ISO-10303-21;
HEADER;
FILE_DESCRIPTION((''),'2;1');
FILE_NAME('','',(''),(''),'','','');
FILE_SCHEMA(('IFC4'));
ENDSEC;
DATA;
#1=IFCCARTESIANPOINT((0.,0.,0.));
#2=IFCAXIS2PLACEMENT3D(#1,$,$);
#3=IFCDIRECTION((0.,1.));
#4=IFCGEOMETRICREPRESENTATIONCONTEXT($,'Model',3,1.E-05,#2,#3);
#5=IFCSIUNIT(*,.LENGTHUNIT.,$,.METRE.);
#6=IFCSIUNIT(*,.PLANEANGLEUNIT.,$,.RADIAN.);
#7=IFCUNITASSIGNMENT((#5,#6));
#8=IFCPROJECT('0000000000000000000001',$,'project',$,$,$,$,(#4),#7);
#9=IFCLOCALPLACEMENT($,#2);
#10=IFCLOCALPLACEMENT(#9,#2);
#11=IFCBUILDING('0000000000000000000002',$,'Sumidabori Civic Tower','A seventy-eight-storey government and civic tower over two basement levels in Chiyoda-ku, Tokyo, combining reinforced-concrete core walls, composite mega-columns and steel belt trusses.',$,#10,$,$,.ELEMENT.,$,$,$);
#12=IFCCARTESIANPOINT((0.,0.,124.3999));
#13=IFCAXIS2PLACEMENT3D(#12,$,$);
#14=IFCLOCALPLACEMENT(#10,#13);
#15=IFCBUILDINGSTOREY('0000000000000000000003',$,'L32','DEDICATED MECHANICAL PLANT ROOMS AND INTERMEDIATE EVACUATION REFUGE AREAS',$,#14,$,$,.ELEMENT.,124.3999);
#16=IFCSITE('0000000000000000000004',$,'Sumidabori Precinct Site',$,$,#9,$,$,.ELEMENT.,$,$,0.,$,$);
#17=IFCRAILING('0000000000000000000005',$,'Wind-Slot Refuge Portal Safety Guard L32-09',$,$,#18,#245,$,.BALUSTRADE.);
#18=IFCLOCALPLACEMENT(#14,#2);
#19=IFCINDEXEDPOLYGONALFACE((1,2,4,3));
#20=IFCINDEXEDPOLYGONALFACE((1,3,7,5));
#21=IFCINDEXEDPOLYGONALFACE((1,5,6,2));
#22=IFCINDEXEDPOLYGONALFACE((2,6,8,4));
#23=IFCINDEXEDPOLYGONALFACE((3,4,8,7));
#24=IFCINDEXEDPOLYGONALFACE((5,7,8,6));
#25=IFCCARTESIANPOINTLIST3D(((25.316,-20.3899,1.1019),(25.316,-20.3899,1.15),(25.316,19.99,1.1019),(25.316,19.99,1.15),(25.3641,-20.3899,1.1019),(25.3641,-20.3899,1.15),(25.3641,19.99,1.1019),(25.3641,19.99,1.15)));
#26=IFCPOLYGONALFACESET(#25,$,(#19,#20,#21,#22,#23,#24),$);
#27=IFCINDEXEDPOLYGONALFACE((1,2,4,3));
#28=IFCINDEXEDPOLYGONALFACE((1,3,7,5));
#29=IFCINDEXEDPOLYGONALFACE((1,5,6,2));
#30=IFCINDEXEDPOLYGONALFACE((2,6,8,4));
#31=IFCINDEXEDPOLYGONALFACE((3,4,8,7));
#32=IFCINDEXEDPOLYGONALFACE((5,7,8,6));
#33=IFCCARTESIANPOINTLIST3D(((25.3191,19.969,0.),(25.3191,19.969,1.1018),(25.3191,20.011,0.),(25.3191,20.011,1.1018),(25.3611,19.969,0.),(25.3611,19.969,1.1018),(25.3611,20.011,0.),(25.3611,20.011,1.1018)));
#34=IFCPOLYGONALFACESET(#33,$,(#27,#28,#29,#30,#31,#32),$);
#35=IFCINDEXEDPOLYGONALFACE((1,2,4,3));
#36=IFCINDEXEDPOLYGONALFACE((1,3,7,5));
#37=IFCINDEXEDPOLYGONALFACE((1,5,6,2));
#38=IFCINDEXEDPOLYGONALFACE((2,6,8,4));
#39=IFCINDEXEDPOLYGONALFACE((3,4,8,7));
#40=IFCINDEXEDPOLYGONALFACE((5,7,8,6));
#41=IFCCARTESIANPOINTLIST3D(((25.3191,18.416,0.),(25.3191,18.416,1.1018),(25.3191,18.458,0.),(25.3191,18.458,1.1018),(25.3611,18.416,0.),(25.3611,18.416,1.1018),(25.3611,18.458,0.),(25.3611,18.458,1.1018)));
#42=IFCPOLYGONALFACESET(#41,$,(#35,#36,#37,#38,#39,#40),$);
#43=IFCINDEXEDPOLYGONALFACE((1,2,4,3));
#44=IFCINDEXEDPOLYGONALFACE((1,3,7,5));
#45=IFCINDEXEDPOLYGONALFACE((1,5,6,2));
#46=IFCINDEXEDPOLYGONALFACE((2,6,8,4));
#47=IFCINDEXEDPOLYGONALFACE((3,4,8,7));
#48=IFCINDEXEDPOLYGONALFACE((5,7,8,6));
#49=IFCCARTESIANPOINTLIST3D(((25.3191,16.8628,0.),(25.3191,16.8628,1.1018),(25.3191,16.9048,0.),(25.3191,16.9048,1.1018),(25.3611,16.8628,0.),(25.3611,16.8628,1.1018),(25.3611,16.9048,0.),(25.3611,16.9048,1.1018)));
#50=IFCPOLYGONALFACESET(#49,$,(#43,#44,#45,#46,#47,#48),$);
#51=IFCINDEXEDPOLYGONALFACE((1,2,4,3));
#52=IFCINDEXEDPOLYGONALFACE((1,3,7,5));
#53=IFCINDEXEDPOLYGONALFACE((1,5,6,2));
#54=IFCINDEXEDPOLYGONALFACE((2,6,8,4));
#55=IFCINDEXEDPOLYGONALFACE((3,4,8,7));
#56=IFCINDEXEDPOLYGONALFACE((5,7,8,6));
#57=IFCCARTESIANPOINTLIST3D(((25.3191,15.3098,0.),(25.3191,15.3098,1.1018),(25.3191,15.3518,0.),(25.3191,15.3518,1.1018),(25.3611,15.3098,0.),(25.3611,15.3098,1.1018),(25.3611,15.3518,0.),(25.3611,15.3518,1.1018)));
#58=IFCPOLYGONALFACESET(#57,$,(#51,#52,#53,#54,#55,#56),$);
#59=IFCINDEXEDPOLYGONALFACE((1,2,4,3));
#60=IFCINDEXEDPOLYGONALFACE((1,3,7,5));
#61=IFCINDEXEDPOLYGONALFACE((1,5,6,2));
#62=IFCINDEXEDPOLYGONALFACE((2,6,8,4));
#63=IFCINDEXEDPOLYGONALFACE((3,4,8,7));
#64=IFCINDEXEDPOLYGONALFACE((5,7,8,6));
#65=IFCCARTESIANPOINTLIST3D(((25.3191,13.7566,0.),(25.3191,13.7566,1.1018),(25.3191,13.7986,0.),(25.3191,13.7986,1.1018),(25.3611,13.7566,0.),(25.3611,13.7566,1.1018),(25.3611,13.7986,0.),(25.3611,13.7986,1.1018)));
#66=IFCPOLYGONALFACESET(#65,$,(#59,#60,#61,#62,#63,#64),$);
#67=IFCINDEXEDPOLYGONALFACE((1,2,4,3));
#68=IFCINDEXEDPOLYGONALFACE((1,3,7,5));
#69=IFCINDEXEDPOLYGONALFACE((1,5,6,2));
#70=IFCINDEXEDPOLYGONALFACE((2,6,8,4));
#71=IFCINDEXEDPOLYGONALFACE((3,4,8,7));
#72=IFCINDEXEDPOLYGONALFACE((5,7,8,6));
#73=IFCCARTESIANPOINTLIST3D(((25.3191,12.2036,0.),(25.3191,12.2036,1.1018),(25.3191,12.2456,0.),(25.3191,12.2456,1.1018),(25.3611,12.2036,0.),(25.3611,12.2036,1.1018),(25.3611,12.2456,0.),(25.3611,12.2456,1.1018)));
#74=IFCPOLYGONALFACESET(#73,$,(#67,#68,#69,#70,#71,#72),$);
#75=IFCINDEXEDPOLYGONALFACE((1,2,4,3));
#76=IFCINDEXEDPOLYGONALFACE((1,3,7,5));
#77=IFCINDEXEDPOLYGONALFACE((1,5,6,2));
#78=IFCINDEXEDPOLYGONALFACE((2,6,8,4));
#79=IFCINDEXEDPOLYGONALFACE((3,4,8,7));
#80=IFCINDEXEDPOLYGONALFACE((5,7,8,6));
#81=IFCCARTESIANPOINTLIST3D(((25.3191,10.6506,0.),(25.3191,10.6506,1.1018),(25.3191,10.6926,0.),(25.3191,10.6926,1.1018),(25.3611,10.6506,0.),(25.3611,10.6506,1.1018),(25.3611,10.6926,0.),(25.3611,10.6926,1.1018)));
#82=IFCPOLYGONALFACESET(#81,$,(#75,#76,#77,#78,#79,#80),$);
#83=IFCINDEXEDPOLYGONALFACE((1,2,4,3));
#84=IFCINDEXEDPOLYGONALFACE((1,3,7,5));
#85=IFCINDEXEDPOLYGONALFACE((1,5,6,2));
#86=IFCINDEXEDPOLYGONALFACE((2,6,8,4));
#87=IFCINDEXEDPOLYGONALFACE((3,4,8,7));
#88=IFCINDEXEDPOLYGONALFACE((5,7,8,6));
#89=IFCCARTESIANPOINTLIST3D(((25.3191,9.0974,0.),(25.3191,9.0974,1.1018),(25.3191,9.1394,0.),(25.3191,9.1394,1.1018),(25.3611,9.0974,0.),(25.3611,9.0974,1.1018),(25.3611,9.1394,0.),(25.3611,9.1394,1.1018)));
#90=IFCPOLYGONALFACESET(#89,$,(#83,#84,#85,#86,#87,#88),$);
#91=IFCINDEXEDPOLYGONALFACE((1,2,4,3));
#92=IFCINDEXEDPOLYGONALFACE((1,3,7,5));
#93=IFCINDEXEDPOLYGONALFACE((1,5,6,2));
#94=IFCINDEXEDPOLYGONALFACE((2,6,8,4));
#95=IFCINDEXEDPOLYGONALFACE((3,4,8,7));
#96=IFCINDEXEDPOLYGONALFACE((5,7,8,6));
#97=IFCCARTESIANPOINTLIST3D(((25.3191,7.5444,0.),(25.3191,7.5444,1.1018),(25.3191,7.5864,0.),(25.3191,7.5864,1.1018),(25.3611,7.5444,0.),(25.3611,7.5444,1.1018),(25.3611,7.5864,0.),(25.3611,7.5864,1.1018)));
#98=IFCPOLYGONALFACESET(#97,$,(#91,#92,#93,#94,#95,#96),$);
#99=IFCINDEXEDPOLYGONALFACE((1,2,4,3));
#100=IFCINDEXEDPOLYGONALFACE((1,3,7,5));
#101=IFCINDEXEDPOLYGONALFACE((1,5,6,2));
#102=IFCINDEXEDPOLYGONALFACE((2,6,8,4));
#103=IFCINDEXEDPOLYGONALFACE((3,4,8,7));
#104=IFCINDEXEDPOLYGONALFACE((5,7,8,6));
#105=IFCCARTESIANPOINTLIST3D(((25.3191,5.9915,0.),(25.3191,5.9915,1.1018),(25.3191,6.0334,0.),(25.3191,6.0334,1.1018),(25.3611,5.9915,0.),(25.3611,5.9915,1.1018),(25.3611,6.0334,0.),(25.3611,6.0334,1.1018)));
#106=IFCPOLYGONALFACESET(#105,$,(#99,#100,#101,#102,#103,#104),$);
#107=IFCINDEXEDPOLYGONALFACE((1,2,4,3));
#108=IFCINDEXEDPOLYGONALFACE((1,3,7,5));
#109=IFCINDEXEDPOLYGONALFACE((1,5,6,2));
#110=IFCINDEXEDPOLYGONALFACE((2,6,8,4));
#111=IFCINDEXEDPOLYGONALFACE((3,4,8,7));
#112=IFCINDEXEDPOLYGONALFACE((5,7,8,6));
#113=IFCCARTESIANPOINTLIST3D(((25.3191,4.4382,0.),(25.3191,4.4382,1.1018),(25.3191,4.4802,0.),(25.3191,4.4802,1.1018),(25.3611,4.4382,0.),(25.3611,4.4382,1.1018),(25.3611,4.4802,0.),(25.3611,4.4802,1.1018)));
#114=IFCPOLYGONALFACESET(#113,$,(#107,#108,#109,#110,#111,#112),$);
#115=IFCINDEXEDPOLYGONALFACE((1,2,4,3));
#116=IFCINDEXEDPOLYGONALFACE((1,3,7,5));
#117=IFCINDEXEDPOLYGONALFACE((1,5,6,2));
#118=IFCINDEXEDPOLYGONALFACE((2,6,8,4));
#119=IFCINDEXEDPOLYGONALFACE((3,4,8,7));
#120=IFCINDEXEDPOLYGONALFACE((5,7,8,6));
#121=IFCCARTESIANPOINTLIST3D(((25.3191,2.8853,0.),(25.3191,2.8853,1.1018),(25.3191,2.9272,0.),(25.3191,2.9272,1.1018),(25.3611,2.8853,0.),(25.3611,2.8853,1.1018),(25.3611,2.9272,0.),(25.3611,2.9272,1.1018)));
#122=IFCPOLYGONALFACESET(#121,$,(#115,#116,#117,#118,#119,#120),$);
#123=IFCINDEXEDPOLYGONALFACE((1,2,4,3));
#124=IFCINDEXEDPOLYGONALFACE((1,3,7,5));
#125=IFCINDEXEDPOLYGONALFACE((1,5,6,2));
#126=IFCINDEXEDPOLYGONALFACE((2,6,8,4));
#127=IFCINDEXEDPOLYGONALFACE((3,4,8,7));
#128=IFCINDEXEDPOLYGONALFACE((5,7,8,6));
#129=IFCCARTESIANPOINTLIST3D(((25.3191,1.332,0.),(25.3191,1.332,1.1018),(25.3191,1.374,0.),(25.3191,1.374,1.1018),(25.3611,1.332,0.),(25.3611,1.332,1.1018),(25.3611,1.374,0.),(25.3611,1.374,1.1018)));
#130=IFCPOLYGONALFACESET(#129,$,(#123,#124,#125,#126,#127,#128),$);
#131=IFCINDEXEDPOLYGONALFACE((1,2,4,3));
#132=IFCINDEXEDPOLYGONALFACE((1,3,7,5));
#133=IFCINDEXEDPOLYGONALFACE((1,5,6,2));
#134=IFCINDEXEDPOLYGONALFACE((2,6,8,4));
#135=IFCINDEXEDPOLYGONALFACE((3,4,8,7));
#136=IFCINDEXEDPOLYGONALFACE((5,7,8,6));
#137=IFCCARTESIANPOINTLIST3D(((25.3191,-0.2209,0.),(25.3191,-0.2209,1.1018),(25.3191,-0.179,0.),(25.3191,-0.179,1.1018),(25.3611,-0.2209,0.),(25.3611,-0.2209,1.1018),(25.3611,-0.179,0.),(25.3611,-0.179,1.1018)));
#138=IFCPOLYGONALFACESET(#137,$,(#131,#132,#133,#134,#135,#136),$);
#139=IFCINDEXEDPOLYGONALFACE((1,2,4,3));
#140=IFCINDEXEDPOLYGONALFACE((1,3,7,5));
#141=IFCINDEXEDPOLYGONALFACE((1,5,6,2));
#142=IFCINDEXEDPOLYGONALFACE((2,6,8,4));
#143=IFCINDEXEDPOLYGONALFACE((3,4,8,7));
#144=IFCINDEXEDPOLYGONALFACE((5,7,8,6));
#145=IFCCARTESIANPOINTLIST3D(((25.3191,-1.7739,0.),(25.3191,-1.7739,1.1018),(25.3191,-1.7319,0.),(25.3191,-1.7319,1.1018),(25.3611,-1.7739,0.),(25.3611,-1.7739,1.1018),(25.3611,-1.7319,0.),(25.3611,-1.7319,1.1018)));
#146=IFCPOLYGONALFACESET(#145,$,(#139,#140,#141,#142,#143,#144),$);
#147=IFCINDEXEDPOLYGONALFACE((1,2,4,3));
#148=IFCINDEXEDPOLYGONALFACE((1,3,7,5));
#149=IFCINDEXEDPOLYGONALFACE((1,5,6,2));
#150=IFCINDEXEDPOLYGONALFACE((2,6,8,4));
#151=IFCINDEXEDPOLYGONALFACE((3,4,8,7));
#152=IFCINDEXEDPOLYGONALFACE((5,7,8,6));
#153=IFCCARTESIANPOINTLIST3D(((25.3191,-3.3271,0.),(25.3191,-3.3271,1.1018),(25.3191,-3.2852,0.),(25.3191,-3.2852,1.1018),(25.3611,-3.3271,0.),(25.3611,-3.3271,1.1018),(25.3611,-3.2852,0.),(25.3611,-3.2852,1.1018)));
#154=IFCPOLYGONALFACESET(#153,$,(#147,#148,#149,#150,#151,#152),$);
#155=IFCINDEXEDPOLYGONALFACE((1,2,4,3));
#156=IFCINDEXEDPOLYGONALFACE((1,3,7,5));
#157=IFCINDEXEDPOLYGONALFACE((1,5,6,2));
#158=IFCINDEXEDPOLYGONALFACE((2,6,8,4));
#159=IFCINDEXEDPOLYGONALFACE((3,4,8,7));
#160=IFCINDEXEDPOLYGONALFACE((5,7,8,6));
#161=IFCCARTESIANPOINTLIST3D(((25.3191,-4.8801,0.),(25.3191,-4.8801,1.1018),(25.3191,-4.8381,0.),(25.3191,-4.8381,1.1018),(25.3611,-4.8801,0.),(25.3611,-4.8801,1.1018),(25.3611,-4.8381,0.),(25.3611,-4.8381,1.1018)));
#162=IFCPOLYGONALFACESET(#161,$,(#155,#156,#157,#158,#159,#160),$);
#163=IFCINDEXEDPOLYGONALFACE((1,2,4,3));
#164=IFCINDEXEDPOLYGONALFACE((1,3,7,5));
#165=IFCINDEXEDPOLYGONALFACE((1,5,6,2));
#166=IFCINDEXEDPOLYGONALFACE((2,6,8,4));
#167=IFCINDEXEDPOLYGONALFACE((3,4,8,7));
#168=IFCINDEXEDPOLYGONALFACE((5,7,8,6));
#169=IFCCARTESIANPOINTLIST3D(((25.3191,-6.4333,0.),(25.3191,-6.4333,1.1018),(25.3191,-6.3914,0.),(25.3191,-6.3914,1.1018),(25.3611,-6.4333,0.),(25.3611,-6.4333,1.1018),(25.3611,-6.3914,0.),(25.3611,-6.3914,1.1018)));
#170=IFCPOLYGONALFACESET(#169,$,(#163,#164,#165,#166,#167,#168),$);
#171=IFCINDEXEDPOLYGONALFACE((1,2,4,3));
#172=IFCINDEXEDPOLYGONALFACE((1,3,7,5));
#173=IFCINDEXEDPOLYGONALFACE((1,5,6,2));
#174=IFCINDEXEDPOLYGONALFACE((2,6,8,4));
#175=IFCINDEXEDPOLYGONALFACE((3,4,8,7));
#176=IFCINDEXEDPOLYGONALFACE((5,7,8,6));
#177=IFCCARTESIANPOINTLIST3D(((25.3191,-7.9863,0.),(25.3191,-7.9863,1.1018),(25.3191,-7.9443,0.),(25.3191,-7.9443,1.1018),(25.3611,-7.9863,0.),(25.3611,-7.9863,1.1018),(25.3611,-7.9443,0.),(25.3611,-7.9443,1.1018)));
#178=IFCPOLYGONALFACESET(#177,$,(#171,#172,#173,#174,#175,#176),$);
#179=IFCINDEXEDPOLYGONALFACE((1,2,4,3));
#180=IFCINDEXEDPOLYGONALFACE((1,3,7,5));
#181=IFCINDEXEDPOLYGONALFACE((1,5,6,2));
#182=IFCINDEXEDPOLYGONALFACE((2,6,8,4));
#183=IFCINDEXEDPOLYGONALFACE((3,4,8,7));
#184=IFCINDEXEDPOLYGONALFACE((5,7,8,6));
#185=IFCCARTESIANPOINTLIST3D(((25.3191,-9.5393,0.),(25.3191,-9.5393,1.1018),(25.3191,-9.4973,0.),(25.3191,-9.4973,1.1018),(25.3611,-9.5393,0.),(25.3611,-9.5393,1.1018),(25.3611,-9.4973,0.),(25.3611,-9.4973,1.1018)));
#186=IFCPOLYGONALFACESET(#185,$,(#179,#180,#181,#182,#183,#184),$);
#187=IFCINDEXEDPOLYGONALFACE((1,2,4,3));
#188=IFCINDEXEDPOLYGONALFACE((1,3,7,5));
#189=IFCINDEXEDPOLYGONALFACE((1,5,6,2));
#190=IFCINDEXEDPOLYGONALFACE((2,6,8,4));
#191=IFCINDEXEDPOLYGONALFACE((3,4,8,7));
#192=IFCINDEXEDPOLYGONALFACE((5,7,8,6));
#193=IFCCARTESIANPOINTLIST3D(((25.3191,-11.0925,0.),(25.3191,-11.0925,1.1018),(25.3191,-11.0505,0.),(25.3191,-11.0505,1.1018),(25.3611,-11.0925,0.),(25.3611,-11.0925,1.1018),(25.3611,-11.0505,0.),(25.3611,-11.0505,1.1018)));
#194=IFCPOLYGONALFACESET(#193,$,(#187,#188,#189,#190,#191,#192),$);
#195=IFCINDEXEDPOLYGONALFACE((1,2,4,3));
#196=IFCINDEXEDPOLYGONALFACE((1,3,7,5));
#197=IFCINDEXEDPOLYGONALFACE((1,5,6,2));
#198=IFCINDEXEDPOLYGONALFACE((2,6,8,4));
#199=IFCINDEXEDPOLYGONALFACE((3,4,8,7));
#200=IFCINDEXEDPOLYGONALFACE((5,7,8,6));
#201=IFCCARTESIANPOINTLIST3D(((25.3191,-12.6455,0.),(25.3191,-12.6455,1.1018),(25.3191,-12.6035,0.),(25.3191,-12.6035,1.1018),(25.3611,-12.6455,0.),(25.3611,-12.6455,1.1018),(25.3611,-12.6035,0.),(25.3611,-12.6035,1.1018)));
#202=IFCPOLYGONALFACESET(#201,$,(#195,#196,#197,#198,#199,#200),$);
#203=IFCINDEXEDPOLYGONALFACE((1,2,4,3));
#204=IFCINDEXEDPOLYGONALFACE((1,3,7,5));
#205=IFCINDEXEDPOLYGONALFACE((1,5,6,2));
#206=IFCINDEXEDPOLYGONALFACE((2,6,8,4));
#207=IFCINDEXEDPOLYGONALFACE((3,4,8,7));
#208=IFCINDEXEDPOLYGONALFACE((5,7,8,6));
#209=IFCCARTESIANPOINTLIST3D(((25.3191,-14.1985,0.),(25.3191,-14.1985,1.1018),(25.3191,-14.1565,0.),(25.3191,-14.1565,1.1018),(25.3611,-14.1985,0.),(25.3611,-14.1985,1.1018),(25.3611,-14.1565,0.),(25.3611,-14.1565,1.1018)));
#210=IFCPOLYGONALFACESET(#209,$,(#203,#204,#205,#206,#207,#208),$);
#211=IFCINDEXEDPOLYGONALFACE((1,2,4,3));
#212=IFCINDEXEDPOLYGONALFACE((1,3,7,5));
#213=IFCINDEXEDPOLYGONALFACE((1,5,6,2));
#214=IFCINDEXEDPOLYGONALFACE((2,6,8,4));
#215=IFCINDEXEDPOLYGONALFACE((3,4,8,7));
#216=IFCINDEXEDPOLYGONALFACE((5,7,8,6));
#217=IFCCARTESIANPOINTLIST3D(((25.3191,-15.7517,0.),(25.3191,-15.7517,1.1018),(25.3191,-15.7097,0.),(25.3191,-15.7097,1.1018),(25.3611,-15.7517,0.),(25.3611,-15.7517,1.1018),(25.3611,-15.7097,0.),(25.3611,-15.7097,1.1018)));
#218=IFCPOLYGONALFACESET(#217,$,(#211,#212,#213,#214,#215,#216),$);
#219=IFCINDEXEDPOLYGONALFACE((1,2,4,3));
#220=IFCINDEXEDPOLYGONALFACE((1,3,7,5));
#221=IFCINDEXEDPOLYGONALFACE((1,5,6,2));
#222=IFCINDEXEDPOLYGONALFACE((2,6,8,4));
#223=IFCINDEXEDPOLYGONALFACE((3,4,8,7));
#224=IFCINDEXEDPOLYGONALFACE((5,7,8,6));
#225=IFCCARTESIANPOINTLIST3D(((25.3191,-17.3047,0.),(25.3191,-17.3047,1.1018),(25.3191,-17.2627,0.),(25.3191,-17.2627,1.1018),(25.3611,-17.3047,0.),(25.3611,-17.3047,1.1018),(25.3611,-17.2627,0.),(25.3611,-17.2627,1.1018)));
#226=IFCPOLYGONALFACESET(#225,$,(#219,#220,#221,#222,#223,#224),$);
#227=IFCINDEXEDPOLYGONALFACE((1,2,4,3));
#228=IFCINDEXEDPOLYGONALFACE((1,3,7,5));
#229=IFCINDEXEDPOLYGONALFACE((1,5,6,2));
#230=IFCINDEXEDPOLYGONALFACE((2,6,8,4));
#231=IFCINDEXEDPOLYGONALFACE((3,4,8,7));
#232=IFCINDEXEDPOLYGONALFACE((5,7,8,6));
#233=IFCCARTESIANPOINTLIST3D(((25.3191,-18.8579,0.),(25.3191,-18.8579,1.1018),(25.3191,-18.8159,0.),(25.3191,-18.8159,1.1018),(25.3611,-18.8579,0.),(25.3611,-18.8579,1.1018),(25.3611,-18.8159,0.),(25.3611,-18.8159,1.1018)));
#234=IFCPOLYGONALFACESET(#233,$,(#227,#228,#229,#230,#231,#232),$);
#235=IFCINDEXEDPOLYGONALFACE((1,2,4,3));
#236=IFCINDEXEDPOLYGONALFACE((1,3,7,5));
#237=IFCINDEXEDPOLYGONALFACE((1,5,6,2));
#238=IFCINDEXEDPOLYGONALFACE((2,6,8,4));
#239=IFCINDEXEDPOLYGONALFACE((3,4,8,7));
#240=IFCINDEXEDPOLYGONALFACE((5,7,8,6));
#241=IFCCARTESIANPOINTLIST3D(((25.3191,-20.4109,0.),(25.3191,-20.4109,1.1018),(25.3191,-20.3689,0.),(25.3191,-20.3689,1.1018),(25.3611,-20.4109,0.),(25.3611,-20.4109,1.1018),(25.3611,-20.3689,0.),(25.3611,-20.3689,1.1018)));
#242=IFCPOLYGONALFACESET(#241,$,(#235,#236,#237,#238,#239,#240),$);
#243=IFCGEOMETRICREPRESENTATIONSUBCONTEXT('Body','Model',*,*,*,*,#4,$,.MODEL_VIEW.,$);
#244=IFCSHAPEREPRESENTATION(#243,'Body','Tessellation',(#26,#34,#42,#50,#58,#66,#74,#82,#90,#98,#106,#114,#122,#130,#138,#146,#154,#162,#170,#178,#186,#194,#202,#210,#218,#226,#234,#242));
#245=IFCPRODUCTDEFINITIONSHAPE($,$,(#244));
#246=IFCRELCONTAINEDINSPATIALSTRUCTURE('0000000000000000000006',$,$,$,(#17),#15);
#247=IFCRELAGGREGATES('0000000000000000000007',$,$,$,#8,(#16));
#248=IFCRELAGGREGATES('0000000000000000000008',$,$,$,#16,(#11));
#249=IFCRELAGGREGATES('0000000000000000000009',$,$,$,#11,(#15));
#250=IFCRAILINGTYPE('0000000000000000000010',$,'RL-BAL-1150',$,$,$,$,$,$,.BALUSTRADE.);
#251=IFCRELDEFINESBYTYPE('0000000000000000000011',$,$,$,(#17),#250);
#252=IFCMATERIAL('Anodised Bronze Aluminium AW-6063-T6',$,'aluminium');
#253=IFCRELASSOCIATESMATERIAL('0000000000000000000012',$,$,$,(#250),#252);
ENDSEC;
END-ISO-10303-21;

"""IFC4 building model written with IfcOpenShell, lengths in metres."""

from ifc_helpers import new_model, si_unit, direction, frame, origin, origin_2d, place, context, subcontext, project, spatial, rectangle, extrude, material, type_object, element, save


model = new_model("IFC4")

# Units and contexts
model_context = context("Model", 3, precision=1e-05, world=origin(), true_north=direction((0.0, 1.0)))
body_context = subcontext(model_context, "Body", "Model", "MODEL_VIEW")
ifc_project = project(units=[si_unit("LENGTHUNIT", "METRE"), si_unit("PLANEANGLEUNIT", "RADIAN")], contexts=[model_context])

# Site, building, storey
site_placement = place(None, origin())
site = spatial("IfcSite", under=ifc_project, at=site_placement, Name="Sumidabori Precinct Site", CompositionType="ELEMENT", RefElevation=0.0)
building_placement = place(site_placement, origin())
building = spatial("IfcBuilding", under=site, at=building_placement, Name="Sumidabori Civic Tower", Description="A seventy-eight-storey government and civic tower over two basement levels in Chiyoda-ku, Tokyo, combining reinforced-concrete core walls, composite mega-columns and steel belt trusses.", CompositionType="ELEMENT")
storey_placement = place(building_placement, frame((0.0, 0.0, 124.3999)))
storey = spatial("IfcBuildingStorey", under=building, at=storey_placement, Name="L32", Description="DEDICATED MECHANICAL PLANT ROOMS AND INTERMEDIATE EVACUATION REFUGE AREAS", CompositionType="ELEMENT", Elevation=124.3999)

# Railing
ifc_material_1 = material(Name="Anodised Bronze Aluminium AW-6063-T6", Category="aluminium")
railing_type = type_object("IfcRailingType", Name="RL-BAL-1150", PredefinedType="BALUSTRADE", material=ifc_material_1)
railing_1_placement = place(storey_placement, frame((25.3401, 19.99, 0.0)))
element("IfcRailing", 1, at=railing_1_placement, inside=storey, type_object=railing_type, Name="Wind-Slot Refuge Portal Safety Guard L32-09", PredefinedType="BALUSTRADE", context=body_context, shape_type="SweptSolid", body=[
    extrude(rectangle(XDim=0.0481, YDim=0.0481, at=origin_2d()), frame((0.0, 0.0, 1.126), z_axis=(0.0, -1.0, 0.0), x_axis=(1.0, 0.0, 0.0)), (0.0, 0.0, 1.0), 40.3799),
    extrude(rectangle(XDim=0.042, YDim=0.042, at=origin_2d()), origin(), (0.0, 0.0, 1.0), 1.1018),
    extrude(rectangle(XDim=0.042, YDim=0.042, at=origin_2d()), frame((0.0, -1.553, 0.0)), (0.0, 0.0, 1.0), 1.1018),
    extrude(rectangle(XDim=0.042, YDim=0.042, at=origin_2d()), frame((0.0, -3.1062, 0.0)), (0.0, 0.0, 1.0), 1.1018),
    extrude(rectangle(XDim=0.042, YDim=0.042, at=origin_2d()), frame((0.0, -4.6592, 0.0)), (0.0, 0.0, 1.0), 1.1018),
    extrude(rectangle(XDim=0.042, YDim=0.042, at=origin_2d()), frame((0.0, -6.2124, 0.0)), (0.0, 0.0, 1.0), 1.1018),
    extrude(rectangle(XDim=0.042, YDim=0.042, at=origin_2d()), frame((0.0, -7.7654, 0.0)), (0.0, 0.0, 1.0), 1.1018),
    extrude(rectangle(XDim=0.042, YDim=0.042, at=origin_2d()), frame((0.0, -9.3184, 0.0)), (0.0, 0.0, 1.0), 1.1018),
    extrude(rectangle(XDim=0.042, YDim=0.042, at=origin_2d()), frame((0.0, -10.8716, 0.0)), (0.0, 0.0, 1.0), 1.1018),
    extrude(rectangle(XDim=0.042, YDim=0.042, at=origin_2d()), frame((0.0, -12.4246, 0.0)), (0.0, 0.0, 1.0), 1.1018),
    extrude(rectangle(XDim=0.042, YDim=0.042, at=origin_2d()), frame((0.0, -13.9775, 0.0)), (0.0, 0.0, 1.0), 1.1018),
    extrude(rectangle(XDim=0.042, YDim=0.042, at=origin_2d()), frame((0.0, -15.5308, 0.0)), (0.0, 0.0, 1.0), 1.1018),
    extrude(rectangle(XDim=0.042, YDim=0.042, at=origin_2d()), frame((0.0, -17.0837, 0.0)), (0.0, 0.0, 1.0), 1.1018),
    extrude(rectangle(XDim=0.042, YDim=0.042, at=origin_2d()), frame((0.0, -18.637, 0.0)), (0.0, 0.0, 1.0), 1.1018),
    extrude(rectangle(XDim=0.042, YDim=0.042, at=origin_2d()), frame((0.0, -20.1899, 0.0)), (0.0, 0.0, 1.0), 1.1018),
    extrude(rectangle(XDim=0.042, YDim=0.042, at=origin_2d()), frame((0.0, -21.7429, 0.0)), (0.0, 0.0, 1.0), 1.1018),
    extrude(rectangle(XDim=0.042, YDim=0.042, at=origin_2d()), frame((0.0, -23.2961, 0.0)), (0.0, 0.0, 1.0), 1.1018),
    extrude(rectangle(XDim=0.042, YDim=0.042, at=origin_2d()), frame((0.0, -24.8491, 0.0)), (0.0, 0.0, 1.0), 1.1018),
    extrude(rectangle(XDim=0.042, YDim=0.042, at=origin_2d()), frame((0.0, -26.4023, 0.0)), (0.0, 0.0, 1.0), 1.1018),
    extrude(rectangle(XDim=0.042, YDim=0.042, at=origin_2d()), frame((0.0, -27.9553, 0.0)), (0.0, 0.0, 1.0), 1.1018),
    extrude(rectangle(XDim=0.042, YDim=0.042, at=origin_2d()), frame((0.0, -29.5083, 0.0)), (0.0, 0.0, 1.0), 1.1018),
    extrude(rectangle(XDim=0.042, YDim=0.042, at=origin_2d()), frame((0.0, -31.0615, 0.0)), (0.0, 0.0, 1.0), 1.1018),
    extrude(rectangle(XDim=0.042, YDim=0.042, at=origin_2d()), frame((0.0, -32.6145, 0.0)), (0.0, 0.0, 1.0), 1.1018),
    extrude(rectangle(XDim=0.042, YDim=0.042, at=origin_2d()), frame((0.0, -34.1675, 0.0)), (0.0, 0.0, 1.0), 1.1018),
    extrude(rectangle(XDim=0.042, YDim=0.042, at=origin_2d()), frame((0.0, -35.7207, 0.0)), (0.0, 0.0, 1.0), 1.1018),
    extrude(rectangle(XDim=0.042, YDim=0.042, at=origin_2d()), frame((0.0, -37.2737, 0.0)), (0.0, 0.0, 1.0), 1.1018),
    extrude(rectangle(XDim=0.042, YDim=0.042, at=origin_2d()), frame((0.0, -38.8269, 0.0)), (0.0, 0.0, 1.0), 1.1018),
    extrude(rectangle(XDim=0.042, YDim=0.042, at=origin_2d()), frame((0.0, -40.3799, 0.0)), (0.0, 0.0, 1.0), 1.1018),
])

save(model, "model.ifc")
